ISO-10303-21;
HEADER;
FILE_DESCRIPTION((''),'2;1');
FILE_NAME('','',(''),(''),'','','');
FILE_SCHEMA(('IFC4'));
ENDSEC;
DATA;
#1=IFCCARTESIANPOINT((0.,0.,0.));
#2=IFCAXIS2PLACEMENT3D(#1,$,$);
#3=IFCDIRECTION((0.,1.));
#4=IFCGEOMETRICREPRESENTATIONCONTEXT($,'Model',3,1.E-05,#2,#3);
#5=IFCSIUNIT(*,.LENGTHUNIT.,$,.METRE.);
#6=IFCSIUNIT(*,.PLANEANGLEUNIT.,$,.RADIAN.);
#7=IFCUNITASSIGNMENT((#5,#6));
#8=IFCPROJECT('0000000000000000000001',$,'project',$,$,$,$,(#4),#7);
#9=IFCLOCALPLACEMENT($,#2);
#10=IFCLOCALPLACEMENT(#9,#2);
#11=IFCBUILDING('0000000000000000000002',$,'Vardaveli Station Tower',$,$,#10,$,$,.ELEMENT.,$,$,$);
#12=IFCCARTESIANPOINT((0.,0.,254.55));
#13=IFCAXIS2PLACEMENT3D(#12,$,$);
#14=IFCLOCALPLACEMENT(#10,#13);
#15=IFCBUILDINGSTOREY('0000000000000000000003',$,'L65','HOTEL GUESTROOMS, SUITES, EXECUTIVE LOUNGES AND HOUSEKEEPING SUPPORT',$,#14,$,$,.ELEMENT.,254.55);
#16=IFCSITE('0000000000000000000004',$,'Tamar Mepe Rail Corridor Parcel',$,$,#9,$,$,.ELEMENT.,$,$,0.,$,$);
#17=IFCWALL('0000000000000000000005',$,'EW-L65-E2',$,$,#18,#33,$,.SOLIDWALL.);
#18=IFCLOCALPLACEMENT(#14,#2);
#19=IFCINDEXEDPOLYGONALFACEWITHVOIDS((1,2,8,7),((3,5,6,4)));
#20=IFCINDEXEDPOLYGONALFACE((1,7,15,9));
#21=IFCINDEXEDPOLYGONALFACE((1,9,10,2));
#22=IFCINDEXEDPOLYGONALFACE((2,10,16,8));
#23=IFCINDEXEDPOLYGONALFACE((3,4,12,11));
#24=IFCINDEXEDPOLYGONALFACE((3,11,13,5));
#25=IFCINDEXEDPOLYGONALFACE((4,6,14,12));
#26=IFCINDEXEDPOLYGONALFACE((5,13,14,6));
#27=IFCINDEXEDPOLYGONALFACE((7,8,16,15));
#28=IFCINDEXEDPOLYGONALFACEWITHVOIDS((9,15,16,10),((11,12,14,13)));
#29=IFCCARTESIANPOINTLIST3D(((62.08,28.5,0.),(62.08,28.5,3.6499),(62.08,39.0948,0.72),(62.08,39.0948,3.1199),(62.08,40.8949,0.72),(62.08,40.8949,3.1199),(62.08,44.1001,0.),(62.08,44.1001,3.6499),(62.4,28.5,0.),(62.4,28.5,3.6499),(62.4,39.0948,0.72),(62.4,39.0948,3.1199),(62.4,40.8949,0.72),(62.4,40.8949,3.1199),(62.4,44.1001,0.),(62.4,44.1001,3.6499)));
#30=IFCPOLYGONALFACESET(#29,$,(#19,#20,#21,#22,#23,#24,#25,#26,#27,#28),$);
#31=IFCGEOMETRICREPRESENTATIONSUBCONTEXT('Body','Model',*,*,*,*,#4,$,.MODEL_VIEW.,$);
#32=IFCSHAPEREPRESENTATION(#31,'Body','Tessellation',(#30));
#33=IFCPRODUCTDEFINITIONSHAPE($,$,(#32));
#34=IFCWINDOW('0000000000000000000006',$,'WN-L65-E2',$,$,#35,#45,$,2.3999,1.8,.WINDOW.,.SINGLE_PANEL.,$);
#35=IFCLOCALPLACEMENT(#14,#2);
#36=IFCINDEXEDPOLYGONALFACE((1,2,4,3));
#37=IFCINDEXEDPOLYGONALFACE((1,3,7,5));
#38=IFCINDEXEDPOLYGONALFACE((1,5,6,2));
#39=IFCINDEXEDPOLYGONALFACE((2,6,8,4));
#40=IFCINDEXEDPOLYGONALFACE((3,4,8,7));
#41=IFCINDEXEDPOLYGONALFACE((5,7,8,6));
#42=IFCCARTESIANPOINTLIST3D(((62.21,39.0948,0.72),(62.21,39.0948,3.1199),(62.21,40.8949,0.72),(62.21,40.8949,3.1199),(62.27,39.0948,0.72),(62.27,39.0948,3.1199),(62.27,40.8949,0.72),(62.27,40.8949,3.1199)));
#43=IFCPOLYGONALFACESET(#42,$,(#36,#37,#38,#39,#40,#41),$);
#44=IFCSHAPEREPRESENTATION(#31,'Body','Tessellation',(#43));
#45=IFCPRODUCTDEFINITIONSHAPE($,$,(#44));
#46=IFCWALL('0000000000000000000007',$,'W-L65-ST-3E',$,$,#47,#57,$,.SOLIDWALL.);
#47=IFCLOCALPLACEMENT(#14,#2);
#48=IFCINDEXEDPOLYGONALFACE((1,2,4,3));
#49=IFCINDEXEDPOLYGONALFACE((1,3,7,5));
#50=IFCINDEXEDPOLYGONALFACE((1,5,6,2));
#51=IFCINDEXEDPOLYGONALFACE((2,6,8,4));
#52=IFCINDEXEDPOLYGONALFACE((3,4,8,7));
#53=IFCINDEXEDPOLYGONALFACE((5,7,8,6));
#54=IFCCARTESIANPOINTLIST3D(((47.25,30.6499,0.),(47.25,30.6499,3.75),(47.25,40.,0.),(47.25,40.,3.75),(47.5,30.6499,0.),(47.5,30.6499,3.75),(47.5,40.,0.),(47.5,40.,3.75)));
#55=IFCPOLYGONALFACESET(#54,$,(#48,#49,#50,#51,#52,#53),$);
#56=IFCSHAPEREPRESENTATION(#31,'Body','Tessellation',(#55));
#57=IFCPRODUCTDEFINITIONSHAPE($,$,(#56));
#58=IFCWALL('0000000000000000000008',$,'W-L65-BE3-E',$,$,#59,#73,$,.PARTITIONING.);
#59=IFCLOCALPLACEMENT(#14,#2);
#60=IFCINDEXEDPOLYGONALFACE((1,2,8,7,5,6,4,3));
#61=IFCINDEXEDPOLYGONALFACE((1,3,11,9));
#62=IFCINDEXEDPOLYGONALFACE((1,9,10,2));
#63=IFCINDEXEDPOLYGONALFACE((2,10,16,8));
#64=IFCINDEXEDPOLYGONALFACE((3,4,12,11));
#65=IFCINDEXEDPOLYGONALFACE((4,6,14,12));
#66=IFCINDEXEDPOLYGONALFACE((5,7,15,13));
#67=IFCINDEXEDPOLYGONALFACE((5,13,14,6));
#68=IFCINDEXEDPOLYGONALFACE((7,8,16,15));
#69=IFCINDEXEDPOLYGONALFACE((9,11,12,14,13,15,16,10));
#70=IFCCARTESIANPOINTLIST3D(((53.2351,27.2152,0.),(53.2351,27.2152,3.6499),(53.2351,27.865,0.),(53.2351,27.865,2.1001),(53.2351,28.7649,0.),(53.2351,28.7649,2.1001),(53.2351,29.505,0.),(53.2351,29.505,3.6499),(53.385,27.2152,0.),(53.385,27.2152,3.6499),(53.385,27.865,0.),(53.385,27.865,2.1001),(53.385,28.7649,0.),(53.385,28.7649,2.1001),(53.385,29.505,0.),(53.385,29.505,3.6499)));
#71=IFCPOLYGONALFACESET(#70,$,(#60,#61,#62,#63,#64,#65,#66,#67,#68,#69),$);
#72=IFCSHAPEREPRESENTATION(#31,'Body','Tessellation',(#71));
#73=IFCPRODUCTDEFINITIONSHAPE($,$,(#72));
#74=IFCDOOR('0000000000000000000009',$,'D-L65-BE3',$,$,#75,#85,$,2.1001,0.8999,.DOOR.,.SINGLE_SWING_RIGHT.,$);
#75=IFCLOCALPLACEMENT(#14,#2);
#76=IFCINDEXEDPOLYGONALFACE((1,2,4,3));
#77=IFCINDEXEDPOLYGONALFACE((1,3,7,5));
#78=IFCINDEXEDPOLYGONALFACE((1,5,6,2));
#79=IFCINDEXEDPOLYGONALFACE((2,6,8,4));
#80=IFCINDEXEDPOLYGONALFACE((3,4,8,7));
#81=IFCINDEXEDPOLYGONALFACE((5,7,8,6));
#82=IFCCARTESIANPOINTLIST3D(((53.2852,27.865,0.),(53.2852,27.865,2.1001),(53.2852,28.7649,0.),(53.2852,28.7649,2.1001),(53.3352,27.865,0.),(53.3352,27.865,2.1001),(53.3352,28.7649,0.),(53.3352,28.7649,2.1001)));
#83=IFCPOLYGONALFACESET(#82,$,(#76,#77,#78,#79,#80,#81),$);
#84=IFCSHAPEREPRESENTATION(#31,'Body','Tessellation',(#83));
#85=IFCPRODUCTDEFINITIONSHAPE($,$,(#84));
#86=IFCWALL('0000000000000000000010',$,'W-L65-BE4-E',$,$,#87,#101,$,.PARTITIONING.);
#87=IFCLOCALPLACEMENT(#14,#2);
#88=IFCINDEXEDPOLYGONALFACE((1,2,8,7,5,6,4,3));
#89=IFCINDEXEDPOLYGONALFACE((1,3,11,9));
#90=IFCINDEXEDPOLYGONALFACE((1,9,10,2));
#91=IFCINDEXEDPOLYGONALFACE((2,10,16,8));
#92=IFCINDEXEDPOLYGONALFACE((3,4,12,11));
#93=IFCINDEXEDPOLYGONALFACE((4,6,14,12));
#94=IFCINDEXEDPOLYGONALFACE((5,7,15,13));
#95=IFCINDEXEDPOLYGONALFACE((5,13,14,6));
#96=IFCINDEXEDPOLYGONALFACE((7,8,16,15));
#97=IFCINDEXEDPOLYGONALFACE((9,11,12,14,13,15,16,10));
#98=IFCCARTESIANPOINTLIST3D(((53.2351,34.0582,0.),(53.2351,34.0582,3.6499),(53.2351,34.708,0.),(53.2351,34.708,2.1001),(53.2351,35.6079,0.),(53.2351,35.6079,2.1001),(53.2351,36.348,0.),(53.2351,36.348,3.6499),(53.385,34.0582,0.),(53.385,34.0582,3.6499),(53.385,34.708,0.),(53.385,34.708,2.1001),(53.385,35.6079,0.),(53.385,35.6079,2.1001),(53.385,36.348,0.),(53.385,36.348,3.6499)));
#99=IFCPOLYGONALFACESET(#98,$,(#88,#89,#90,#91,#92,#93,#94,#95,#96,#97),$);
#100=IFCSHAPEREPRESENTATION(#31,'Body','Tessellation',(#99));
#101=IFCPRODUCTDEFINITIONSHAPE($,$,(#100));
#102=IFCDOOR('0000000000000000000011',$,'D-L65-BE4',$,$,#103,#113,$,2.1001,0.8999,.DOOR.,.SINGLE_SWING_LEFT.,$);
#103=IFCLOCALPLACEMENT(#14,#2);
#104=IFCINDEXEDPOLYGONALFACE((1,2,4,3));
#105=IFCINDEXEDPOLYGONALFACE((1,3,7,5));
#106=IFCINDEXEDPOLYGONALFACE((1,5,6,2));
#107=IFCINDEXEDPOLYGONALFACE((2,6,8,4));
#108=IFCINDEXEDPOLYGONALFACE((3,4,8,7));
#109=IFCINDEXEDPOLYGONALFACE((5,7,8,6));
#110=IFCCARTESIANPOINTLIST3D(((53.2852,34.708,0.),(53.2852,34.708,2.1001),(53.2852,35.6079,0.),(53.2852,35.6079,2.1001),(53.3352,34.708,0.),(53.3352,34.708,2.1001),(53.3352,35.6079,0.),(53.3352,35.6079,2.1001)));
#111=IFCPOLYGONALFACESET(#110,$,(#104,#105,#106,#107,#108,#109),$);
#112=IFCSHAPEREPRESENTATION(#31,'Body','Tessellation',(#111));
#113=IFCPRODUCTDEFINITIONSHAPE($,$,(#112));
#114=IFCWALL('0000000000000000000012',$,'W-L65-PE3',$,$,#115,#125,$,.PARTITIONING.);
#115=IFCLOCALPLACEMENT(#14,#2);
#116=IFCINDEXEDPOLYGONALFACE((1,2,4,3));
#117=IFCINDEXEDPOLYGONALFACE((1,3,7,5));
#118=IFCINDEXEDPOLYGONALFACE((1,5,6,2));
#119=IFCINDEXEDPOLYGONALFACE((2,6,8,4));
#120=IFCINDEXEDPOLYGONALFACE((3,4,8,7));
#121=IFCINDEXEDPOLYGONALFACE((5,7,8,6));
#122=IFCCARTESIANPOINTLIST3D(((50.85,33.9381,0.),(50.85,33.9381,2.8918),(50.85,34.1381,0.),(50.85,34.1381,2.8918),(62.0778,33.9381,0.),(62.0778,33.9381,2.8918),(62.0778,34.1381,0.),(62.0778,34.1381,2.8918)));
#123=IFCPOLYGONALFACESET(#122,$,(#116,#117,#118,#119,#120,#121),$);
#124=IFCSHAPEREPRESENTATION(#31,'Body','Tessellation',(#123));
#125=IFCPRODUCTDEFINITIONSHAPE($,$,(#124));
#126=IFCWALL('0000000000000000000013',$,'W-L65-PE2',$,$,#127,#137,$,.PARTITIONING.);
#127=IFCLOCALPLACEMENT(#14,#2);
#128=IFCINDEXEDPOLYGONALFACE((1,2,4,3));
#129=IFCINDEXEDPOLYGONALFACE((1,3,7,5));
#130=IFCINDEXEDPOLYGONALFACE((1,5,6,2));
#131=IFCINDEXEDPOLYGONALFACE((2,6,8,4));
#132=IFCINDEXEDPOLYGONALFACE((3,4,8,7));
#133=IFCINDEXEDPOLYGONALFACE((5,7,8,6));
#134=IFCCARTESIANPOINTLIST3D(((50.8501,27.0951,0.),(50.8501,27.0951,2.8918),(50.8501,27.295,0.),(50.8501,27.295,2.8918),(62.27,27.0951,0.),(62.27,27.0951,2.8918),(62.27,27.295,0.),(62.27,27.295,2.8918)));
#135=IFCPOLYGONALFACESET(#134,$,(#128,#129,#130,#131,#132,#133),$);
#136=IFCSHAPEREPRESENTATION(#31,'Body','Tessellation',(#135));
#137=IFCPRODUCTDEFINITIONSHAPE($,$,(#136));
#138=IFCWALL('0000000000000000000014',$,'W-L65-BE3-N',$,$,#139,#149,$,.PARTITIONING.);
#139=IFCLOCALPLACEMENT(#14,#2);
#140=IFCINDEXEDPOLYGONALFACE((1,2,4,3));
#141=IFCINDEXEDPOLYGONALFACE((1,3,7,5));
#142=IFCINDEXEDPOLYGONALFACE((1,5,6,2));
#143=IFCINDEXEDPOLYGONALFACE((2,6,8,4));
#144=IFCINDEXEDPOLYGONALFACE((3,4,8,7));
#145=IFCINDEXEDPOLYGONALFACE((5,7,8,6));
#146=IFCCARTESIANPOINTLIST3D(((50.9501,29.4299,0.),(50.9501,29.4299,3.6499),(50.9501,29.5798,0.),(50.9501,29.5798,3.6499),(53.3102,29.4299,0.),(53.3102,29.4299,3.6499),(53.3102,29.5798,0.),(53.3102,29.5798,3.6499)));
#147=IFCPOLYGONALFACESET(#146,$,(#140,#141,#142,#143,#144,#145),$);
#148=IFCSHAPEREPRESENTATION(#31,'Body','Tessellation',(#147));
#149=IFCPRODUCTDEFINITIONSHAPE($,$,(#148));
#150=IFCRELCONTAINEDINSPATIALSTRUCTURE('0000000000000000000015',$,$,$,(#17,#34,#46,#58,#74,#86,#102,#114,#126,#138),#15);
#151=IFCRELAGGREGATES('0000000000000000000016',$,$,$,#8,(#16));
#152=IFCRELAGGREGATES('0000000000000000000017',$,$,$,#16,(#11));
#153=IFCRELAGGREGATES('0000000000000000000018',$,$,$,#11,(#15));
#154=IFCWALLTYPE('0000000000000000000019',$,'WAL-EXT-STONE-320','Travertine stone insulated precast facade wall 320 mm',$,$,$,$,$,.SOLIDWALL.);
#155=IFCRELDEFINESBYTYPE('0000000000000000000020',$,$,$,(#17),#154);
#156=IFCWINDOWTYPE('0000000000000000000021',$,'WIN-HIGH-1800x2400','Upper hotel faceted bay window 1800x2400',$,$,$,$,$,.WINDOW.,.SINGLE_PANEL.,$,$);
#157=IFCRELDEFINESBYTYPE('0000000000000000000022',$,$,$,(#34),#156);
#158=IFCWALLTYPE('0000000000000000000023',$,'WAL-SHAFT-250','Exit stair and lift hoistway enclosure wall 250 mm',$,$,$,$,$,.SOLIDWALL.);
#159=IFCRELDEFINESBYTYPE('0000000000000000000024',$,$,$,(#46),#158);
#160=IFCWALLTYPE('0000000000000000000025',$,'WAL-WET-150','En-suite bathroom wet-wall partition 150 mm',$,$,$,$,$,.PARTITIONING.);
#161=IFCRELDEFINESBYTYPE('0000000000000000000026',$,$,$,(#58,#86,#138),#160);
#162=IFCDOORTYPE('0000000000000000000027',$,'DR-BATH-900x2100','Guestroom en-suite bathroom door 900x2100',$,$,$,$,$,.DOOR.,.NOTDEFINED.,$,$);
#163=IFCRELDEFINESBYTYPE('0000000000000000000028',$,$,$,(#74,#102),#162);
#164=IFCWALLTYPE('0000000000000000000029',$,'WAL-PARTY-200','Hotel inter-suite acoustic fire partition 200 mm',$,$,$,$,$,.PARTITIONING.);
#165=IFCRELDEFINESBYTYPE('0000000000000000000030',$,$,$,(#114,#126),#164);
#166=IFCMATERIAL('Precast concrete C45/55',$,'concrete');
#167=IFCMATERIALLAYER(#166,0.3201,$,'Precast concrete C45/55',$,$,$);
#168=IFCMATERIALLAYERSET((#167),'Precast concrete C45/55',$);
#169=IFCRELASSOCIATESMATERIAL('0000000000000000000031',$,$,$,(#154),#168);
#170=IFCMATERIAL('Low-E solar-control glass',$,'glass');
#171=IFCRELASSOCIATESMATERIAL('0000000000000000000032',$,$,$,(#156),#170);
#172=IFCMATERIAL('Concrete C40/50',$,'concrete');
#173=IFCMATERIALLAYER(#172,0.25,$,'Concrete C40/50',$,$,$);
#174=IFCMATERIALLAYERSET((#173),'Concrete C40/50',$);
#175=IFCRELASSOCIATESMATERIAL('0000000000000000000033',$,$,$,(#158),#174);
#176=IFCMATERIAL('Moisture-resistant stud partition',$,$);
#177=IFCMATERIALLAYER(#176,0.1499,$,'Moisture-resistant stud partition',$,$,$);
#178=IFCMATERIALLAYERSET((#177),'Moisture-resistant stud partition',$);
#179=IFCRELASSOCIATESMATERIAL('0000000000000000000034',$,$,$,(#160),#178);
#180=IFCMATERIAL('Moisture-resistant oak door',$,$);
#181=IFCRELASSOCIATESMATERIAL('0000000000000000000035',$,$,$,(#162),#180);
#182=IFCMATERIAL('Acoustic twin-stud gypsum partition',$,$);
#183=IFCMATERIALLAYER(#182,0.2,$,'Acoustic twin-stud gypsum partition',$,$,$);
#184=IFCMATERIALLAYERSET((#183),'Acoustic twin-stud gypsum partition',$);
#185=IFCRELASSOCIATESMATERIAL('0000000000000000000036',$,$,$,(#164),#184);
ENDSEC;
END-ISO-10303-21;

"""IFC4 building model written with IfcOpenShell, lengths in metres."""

from ifc_helpers import new_model, si_unit, direction, frame, frame_2d, origin, place, context, subcontext, project, spatial, rectangle, extrude, source, transform, mapped, material, layer, layer_set, type_object, element, fill, save


model = new_model("IFC4")

# Units and contexts
model_context = context("Model", 3, precision=1e-05, world=origin(), true_north=direction((0.0, 1.0)))
body_context = subcontext(model_context, "Body", "Model", "MODEL_VIEW")
ifc_project = project(units=[si_unit("LENGTHUNIT", "METRE"), si_unit("PLANEANGLEUNIT", "RADIAN")], contexts=[model_context])

# Site, building, storey
site_placement = place(None, origin())
site = spatial("IfcSite", under=ifc_project, at=site_placement, Name="Tamar Mepe Rail Corridor Parcel", CompositionType="ELEMENT", RefElevation=0.0)
building_placement = place(site_placement, origin())
building = spatial("IfcBuilding", under=site, at=building_placement, Name="Vardaveli Station Tower", CompositionType="ELEMENT")
storey_placement = place(building_placement, frame((0.0, 0.0, 254.55)))
storey = spatial("IfcBuildingStorey", under=building, at=storey_placement, Name="L65", Description="HOTEL GUESTROOMS, SUITES, EXECUTIVE LOUNGES AND HOUSEKEEPING SUPPORT", CompositionType="ELEMENT", Elevation=254.55)

# Shared definitions
ifc_material_1 = material(Name="Precast concrete C45/55", Category="concrete")

# Wall, opening, window
ifc_layer_1 = layer(ifc_material_1, 0.3201, Name="Precast concrete C45/55")
ifc_layer_set_1 = layer_set([ifc_layer_1], Name="Precast concrete C45/55")
wall_type_1 = type_object("IfcWallType", Name="WAL-EXT-STONE-320", Description="Travertine stone insulated precast facade wall 320 mm", PredefinedType="SOLIDWALL", material=ifc_layer_set_1)
shared_shape_1 = source(origin(), body_context, "Body", "SweptSolid", [
    extrude(rectangle(XDim=15.6001, YDim=0.3201, at=frame_2d((7.8, 0.0))), origin(), (0.0, 0.0, 1.0), 3.6499),
])
wall_1_placement = place(storey_placement, frame((62.24, 28.5, 0.0), z_axis=(0.0, 0.0, 1.0), x_axis=(0.0, 1.0, 0.0)))
wall_1 = element("IfcWall", 1, at=wall_1_placement, inside=storey, type_object=wall_type_1, Name="EW-L65-E2", PredefinedType="SOLIDWALL", context=body_context, shape_type="MappedRepresentation", body=[
    mapped(shared_shape_1, transform((0.0, 0.0, 0.0), scale=1.0)),
])
shared_shape_2 = source(origin(), body_context, "Body", "SweptSolid", [
    extrude(rectangle(XDim=1.8, YDim=2.3999, at=frame_2d((0.8999, 1.2))), frame((0.0, 0.1699, 0.0), z_axis=(0.0, -1.0, 0.0), x_axis=(1.0, 0.0, 0.0)), (0.0, 0.0, 1.0), 0.3401),
])
opening_1_placement = place(wall_1_placement, frame((10.595, 0.0, 0.72)))
opening_1 = element("IfcOpeningElement", 2, at=opening_1_placement, cuts=wall_1, PredefinedType="OPENING", context=body_context, shape_type="MappedRepresentation", body=[
    mapped(shared_shape_2, transform((0.0, 0.0, 0.0), scale=1.0)),
])
ifc_material_2 = material(Name="Low-E solar-control glass", Category="glass")
window_type = type_object("IfcWindowType", Name="WIN-HIGH-1800x2400", Description="Upper hotel faceted bay window 1800x2400", PartitioningType="SINGLE_PANEL", PredefinedType="WINDOW", material=ifc_material_2)
shared_shape_3 = source(origin(), body_context, "Body", "SweptSolid", [
    extrude(rectangle(XDim=1.8, YDim=2.3999, at=frame_2d((0.8999, 1.2))), frame((0.0, 0.03, 0.0), z_axis=(0.0, -1.0, 0.0), x_axis=(1.0, 0.0, 0.0)), (0.0, 0.0, 1.0), 0.0601),
])
window_placement = place(opening_1_placement, origin())
window = element("IfcWindow", 3, at=window_placement, inside=storey, type_object=window_type, Name="WN-L65-E2", OverallHeight=2.3999, OverallWidth=1.8, PartitioningType="SINGLE_PANEL", PredefinedType="WINDOW", context=body_context, shape_type="MappedRepresentation", body=[
    mapped(shared_shape_3, transform((0.0, 0.0, 0.0), scale=1.0)),
])
fill(opening_1, window)

# Wall
ifc_material_3 = material(Name="Concrete C40/50", Category="concrete")
ifc_layer_2 = layer(ifc_material_3, 0.25, Name="Concrete C40/50")
ifc_layer_set_2 = layer_set([ifc_layer_2], Name="Concrete C40/50")
wall_type_2 = type_object("IfcWallType", Name="WAL-SHAFT-250", Description="Exit stair and lift hoistway enclosure wall 250 mm", PredefinedType="SOLIDWALL", material=ifc_layer_set_2)
shared_shape_4 = source(origin(), body_context, "Body", "SweptSolid", [
    extrude(rectangle(XDim=9.3501, YDim=0.25, at=frame_2d((4.675, 0.0))), origin(), (0.0, 0.0, 1.0), 3.75),
])
wall_2_placement = place(storey_placement, frame((47.375, 30.6499, 0.0), z_axis=(0.0, 0.0, 1.0), x_axis=(0.0, 1.0, 0.0)))
element("IfcWall", 4, at=wall_2_placement, inside=storey, type_object=wall_type_2, Name="W-L65-ST-3E", PredefinedType="SOLIDWALL", context=body_context, shape_type="MappedRepresentation", body=[
    mapped(shared_shape_4, transform((0.0, 0.0, 0.0), scale=1.0)),
])

# Walls, openings, doors
ifc_material_4 = material(Name="Moisture-resistant stud partition")
ifc_layer_3 = layer(ifc_material_4, 0.1499, Name="Moisture-resistant stud partition")
ifc_layer_set_3 = layer_set([ifc_layer_3], Name="Moisture-resistant stud partition")
wall_type_3 = type_object("IfcWallType", Name="WAL-WET-150", Description="En-suite bathroom wet-wall partition 150 mm", PredefinedType="PARTITIONING", material=ifc_layer_set_3)
shared_shape_5 = source(origin(), body_context, "Body", "SweptSolid", [
    extrude(rectangle(XDim=2.2898, YDim=0.1499, at=frame_2d((1.145, 0.0))), origin(), (0.0, 0.0, 1.0), 3.6499),
])
wall_3_placement = place(storey_placement, frame((53.3101, 27.2151, 0.0), z_axis=(0.0, 0.0, 1.0), x_axis=(0.0, 1.0, 0.0)))
wall_3 = element("IfcWall", 5, at=wall_3_placement, inside=storey, type_object=wall_type_3, Name="W-L65-BE3-E", PredefinedType="PARTITIONING", context=body_context, shape_type="MappedRepresentation", body=[
    mapped(shared_shape_5, transform((0.0, 0.0, 0.0), scale=1.0)),
])
shared_shape_6 = source(origin(), body_context, "Body", "SweptSolid", [
    extrude(rectangle(XDim=0.8999, YDim=2.1001, at=frame_2d((0.45, 1.05))), frame((0.0, 0.085, 0.0), z_axis=(0.0, -1.0, 0.0), x_axis=(1.0, 0.0, 0.0)), (0.0, 0.0, 1.0), 0.1699),
])
opening_2_placement = place(wall_3_placement, frame((0.6499, 0.0, 0.0)))
opening_2 = element("IfcOpeningElement", 6, at=opening_2_placement, cuts=wall_3, PredefinedType="OPENING", context=body_context, shape_type="MappedRepresentation", body=[
    mapped(shared_shape_6, transform((0.0, 0.0, 0.0), scale=1.0)),
])
ifc_material_5 = material(Name="Moisture-resistant oak door")
door_type = type_object("IfcDoorType", Name="DR-BATH-900x2100", Description="Guestroom en-suite bathroom door 900x2100", OperationType="NOTDEFINED", PredefinedType="DOOR", material=ifc_material_5)
shared_shape_7 = source(origin(), body_context, "Body", "SweptSolid", [
    extrude(rectangle(XDim=0.8999, YDim=2.1001, at=frame_2d((0.45, 1.05))), frame((0.0, 0.0249, 0.0), z_axis=(0.0, -1.0, 0.0), x_axis=(1.0, 0.0, 0.0)), (0.0, 0.0, 1.0), 0.05),
])
door_1_placement = place(opening_2_placement, origin())
door_1 = element("IfcDoor", 7, at=door_1_placement, inside=storey, type_object=door_type, Name="D-L65-BE3", OperationType="SINGLE_SWING_RIGHT", OverallHeight=2.1001, OverallWidth=0.8999, PredefinedType="DOOR", context=body_context, shape_type="MappedRepresentation", body=[
    mapped(shared_shape_7, transform((0.0, 0.0, 0.0), scale=1.0)),
])
fill(opening_2, door_1)
wall_4_placement = place(storey_placement, frame((53.3101, 34.0581, 0.0), z_axis=(0.0, 0.0, 1.0), x_axis=(0.0, 1.0, 0.0)))
wall_4 = element("IfcWall", 8, at=wall_4_placement, inside=storey, type_object=wall_type_3, Name="W-L65-BE4-E", PredefinedType="PARTITIONING", context=body_context, shape_type="MappedRepresentation", body=[
    mapped(shared_shape_5, transform((0.0, 0.0, 0.0), scale=1.0)),
])
opening_3_placement = place(wall_4_placement, frame((0.6499, 0.0, 0.0)))
opening_3 = element("IfcOpeningElement", 9, at=opening_3_placement, cuts=wall_4, PredefinedType="OPENING", context=body_context, shape_type="MappedRepresentation", body=[
    mapped(shared_shape_6, transform((0.0, 0.0, 0.0), scale=1.0)),
])
door_2_placement = place(opening_3_placement, origin())
door_2 = element("IfcDoor", 10, at=door_2_placement, inside=storey, type_object=door_type, Name="D-L65-BE4", OperationType="SINGLE_SWING_LEFT", OverallHeight=2.1001, OverallWidth=0.8999, PredefinedType="DOOR", context=body_context, shape_type="MappedRepresentation", body=[
    mapped(shared_shape_7, transform((0.0, 0.0, 0.0), scale=1.0)),
])
fill(opening_3, door_2)

# Walls
ifc_material_6 = material(Name="Acoustic twin-stud gypsum partition")
ifc_layer_4 = layer(ifc_material_6, 0.2, Name="Acoustic twin-stud gypsum partition")
ifc_layer_set_4 = layer_set([ifc_layer_4], Name="Acoustic twin-stud gypsum partition")
wall_type_4 = type_object("IfcWallType", Name="WAL-PARTY-200", Description="Hotel inter-suite acoustic fire partition 200 mm", PredefinedType="PARTITIONING", material=ifc_layer_set_4)
shared_shape_8 = source(origin(), body_context, "Body", "SweptSolid", [
    extrude(rectangle(XDim=11.2278, YDim=0.2, at=frame_2d((5.6138, 0.0))), origin(), (0.0, 0.0, 1.0), 2.8918),
])
wall_5_placement = place(storey_placement, frame((50.8501, 34.0381, 0.0), z_axis=(0.0, 0.0, 1.0), x_axis=(1.0, 0.0, 0.0)))
element("IfcWall", 11, at=wall_5_placement, inside=storey, type_object=wall_type_4, Name="W-L65-PE3", PredefinedType="PARTITIONING", context=body_context, shape_type="MappedRepresentation", body=[
    mapped(shared_shape_8, transform((0.0, 0.0, 0.0), scale=1.0)),
])
shared_shape_9 = source(origin(), body_context, "Body", "SweptSolid", [
    extrude(rectangle(XDim=11.4199, YDim=0.2, at=frame_2d((5.71, 0.0))), origin(), (0.0, 0.0, 1.0), 2.8918),
])
wall_6_placement = place(storey_placement, frame((50.8501, 27.1951, 0.0), z_axis=(0.0, 0.0, 1.0), x_axis=(1.0, 0.0, 0.0)))
element("IfcWall", 12, at=wall_6_placement, inside=storey, type_object=wall_type_4, Name="W-L65-PE2", PredefinedType="PARTITIONING", context=body_context, shape_type="MappedRepresentation", body=[
    mapped(shared_shape_9, transform((0.0, 0.0, 0.0), scale=1.0)),
])
shared_shape_10 = source(origin(), body_context, "Body", "SweptSolid", [
    extrude(rectangle(XDim=2.3601, YDim=0.1499, at=frame_2d((1.1802, 0.0))), origin(), (0.0, 0.0, 1.0), 3.6499),
])
wall_7_placement = place(storey_placement, frame((50.95, 29.5049, 0.0), z_axis=(0.0, 0.0, 1.0), x_axis=(1.0, 0.0, 0.0)))
element("IfcWall", 13, at=wall_7_placement, inside=storey, type_object=wall_type_3, Name="W-L65-BE3-N", PredefinedType="PARTITIONING", context=body_context, shape_type="MappedRepresentation", body=[
    mapped(shared_shape_10, transform((0.0, 0.0, 0.0), scale=1.0)),
])

save(model, "model.ifc")
